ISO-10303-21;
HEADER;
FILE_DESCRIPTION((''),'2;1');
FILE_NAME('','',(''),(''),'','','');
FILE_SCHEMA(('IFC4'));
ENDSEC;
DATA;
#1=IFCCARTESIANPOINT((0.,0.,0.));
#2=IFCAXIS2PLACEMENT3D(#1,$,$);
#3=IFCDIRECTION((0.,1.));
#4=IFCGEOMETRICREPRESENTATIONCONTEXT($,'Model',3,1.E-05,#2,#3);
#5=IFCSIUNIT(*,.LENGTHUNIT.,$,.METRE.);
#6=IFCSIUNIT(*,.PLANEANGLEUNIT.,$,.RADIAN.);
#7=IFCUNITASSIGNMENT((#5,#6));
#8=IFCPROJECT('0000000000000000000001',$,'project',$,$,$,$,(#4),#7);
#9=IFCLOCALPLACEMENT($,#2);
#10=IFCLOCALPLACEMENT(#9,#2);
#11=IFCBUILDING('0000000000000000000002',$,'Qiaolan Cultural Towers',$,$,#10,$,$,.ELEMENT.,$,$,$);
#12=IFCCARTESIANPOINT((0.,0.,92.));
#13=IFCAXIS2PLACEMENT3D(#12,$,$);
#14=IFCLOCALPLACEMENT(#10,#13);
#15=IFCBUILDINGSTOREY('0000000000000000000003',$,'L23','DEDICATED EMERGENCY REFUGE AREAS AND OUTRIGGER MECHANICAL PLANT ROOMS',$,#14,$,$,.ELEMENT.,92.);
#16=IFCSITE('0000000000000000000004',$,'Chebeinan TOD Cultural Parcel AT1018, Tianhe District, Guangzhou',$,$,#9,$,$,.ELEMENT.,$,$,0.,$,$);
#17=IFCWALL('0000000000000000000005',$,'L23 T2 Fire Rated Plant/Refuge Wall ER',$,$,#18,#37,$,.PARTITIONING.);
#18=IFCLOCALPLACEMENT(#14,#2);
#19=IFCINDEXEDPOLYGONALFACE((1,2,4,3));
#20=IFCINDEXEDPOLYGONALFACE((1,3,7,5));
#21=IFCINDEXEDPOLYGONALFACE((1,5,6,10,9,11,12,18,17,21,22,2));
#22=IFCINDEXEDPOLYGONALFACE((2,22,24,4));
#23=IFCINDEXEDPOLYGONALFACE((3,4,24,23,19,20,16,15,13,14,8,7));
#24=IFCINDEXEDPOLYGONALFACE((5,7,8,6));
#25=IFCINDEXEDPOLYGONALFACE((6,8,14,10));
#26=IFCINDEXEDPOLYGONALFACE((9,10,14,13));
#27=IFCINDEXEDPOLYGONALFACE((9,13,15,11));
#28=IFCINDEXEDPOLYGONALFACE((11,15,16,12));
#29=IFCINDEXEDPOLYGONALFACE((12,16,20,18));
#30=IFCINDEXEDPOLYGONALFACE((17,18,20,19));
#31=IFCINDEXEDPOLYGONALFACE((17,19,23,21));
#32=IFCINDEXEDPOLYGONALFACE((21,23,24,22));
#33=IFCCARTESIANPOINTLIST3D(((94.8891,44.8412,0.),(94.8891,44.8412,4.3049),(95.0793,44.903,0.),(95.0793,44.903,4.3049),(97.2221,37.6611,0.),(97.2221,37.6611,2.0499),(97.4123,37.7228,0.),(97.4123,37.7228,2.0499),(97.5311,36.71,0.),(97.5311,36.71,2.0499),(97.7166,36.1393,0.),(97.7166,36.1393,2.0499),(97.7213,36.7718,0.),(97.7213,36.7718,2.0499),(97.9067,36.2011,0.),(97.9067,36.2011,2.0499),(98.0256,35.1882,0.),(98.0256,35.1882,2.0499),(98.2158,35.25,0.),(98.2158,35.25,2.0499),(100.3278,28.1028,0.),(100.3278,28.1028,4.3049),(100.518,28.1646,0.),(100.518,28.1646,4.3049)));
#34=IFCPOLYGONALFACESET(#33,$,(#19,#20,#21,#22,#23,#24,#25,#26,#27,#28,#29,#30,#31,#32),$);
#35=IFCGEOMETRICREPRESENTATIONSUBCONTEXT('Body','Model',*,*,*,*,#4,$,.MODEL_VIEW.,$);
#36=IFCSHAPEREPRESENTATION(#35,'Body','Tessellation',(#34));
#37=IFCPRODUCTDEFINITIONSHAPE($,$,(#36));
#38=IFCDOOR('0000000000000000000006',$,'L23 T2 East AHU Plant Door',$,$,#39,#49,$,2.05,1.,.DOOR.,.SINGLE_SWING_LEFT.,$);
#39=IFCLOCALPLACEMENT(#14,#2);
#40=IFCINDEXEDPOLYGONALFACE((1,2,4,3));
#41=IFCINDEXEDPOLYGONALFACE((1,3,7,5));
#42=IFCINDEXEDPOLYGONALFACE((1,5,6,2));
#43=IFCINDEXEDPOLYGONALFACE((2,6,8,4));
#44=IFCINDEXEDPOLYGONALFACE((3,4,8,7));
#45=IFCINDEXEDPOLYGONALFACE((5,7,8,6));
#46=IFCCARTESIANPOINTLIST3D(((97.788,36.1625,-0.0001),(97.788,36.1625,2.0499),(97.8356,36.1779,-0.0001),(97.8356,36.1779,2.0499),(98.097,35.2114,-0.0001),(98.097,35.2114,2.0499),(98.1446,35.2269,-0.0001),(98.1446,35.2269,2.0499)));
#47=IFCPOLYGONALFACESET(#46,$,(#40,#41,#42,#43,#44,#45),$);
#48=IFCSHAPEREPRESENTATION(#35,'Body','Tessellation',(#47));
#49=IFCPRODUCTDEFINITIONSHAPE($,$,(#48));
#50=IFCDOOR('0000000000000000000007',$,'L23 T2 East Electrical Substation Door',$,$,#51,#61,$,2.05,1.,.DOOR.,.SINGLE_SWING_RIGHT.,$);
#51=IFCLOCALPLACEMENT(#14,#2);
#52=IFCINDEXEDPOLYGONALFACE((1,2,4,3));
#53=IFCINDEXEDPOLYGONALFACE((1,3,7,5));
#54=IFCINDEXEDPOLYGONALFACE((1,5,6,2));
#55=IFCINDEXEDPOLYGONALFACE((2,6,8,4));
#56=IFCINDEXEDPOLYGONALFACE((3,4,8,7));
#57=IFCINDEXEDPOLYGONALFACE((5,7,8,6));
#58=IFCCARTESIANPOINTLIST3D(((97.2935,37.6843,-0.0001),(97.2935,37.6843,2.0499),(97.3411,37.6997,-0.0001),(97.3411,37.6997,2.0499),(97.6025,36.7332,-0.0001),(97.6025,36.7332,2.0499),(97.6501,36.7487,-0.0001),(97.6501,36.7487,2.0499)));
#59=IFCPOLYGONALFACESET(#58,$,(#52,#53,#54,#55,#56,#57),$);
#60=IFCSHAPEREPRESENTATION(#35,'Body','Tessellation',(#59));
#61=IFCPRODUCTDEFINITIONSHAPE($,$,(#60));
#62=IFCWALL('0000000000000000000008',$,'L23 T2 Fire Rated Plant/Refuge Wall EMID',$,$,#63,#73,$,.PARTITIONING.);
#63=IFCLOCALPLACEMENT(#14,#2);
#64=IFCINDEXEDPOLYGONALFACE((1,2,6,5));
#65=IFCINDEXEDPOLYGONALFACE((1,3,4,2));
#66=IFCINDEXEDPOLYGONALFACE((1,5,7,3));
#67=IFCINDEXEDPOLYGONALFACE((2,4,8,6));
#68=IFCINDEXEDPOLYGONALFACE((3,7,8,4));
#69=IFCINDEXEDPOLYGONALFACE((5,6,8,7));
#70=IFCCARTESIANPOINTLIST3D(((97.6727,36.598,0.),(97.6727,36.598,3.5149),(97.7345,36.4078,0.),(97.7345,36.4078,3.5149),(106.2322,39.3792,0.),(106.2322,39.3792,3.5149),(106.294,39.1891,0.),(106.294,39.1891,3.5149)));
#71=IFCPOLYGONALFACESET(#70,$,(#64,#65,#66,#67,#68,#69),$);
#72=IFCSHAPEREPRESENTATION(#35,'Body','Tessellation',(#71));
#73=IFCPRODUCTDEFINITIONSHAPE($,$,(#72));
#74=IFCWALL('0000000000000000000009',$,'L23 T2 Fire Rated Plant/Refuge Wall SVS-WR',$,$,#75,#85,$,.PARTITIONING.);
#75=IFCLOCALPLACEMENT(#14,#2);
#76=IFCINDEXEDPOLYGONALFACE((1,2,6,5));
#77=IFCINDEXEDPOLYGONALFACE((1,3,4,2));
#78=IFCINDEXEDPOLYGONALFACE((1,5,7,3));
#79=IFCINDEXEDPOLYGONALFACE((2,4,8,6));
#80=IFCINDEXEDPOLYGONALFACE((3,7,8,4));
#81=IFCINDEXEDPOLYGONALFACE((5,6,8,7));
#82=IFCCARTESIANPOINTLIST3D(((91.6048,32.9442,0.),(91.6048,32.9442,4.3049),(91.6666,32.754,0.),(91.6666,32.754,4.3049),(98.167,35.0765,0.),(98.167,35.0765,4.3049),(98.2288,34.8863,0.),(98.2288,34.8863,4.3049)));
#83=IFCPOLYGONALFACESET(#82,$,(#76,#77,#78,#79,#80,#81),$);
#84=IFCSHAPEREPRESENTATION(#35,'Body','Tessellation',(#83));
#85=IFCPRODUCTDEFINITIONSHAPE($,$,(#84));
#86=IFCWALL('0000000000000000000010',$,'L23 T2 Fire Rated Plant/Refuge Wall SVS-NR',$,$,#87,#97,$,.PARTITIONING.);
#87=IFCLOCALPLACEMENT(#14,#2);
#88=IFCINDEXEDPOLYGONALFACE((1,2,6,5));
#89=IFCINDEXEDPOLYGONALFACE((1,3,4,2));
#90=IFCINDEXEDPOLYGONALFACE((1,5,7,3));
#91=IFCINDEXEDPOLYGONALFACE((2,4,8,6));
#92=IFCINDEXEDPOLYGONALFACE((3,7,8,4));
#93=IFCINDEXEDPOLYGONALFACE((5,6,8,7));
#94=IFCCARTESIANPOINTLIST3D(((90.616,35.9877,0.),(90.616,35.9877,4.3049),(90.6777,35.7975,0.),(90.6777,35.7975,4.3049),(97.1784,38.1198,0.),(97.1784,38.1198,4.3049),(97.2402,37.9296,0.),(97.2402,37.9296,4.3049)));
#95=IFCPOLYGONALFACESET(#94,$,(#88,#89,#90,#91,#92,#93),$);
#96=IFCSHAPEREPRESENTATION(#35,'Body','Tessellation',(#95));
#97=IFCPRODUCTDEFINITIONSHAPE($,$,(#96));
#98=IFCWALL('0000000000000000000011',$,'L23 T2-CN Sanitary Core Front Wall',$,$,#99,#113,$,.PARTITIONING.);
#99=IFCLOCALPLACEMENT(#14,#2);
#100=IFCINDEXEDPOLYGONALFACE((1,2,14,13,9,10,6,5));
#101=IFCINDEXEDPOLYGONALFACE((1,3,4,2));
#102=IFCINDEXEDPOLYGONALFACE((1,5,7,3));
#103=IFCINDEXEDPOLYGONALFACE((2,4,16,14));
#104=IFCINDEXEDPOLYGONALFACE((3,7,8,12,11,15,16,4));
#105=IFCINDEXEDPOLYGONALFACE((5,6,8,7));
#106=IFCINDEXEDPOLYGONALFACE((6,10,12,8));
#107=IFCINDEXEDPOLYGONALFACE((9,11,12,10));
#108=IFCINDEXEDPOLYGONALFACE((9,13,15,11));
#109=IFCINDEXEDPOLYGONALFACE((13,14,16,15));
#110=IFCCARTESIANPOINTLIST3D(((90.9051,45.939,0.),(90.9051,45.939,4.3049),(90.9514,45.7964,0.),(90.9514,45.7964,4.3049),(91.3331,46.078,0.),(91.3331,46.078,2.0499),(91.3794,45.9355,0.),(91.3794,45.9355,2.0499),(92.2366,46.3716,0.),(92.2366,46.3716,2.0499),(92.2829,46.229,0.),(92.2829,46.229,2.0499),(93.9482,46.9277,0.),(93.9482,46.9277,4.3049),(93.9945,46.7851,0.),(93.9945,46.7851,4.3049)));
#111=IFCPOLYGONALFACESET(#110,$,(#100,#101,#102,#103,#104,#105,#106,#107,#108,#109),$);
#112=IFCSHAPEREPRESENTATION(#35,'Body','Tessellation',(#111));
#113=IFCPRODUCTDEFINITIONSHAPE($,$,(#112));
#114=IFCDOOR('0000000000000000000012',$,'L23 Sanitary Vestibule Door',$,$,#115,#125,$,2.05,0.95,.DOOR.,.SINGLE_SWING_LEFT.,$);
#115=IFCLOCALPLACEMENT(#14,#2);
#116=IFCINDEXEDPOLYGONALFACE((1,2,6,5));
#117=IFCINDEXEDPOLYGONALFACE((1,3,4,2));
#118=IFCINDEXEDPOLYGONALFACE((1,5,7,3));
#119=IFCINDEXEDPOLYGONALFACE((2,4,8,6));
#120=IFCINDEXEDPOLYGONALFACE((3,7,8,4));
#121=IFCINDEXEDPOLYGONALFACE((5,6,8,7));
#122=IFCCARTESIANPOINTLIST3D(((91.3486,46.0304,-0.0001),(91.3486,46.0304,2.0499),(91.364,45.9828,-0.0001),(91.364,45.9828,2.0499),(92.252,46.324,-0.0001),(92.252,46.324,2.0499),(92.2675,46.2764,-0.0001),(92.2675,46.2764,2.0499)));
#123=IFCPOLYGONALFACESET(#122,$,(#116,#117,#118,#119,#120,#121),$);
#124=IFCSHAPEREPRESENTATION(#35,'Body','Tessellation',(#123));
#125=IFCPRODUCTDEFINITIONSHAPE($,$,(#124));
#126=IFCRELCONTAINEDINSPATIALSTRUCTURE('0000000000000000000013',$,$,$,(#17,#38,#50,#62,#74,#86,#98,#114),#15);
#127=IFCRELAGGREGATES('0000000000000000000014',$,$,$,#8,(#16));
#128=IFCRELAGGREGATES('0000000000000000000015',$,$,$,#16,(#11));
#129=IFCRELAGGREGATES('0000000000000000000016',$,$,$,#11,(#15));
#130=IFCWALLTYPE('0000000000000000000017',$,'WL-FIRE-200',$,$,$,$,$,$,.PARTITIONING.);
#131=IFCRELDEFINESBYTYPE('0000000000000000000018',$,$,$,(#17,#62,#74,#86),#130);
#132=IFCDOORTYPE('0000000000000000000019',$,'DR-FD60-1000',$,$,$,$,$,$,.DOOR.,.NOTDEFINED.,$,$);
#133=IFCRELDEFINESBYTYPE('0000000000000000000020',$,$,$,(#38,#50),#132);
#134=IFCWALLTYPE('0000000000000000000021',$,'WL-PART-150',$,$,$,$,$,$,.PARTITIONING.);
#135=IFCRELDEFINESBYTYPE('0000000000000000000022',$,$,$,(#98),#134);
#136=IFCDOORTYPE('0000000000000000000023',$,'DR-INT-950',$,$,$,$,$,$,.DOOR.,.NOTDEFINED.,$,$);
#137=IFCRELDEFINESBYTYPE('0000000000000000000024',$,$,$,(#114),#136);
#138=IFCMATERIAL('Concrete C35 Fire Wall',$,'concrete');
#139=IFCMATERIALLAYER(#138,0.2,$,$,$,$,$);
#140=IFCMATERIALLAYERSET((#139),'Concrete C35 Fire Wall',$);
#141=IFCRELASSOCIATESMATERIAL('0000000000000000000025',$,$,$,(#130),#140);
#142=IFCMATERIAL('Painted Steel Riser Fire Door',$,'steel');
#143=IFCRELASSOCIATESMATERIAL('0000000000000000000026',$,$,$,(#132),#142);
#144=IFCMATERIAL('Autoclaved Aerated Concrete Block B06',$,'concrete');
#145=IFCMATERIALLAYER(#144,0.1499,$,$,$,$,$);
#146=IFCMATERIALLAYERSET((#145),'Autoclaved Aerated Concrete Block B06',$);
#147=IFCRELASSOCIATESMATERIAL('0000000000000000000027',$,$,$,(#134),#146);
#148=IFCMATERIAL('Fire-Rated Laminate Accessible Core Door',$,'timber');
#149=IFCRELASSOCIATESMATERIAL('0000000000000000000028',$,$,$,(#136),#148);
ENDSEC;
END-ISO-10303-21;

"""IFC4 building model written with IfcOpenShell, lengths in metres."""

from ifc_helpers import new_model, si_unit, direction, frame, frame_2d, origin, place, context, subcontext, project, spatial, rectangle, extrude, material, layer, layer_set, type_object, element, fill, save


model = new_model("IFC4")

# Units and contexts
model_context = context("Model", 3, precision=1e-05, world=origin(), true_north=direction((0.0, 1.0)))
body_context = subcontext(model_context, "Body", "Model", "MODEL_VIEW")
ifc_project = project(units=[si_unit("LENGTHUNIT", "METRE"), si_unit("PLANEANGLEUNIT", "RADIAN")], contexts=[model_context])

# Site, building, storey
site_placement = place(None, origin())
site = spatial("IfcSite", under=ifc_project, at=site_placement, Name="Chebeinan TOD Cultural Parcel AT1018, Tianhe District, Guangzhou", CompositionType="ELEMENT", RefElevation=0.0)
building_placement = place(site_placement, origin())
building = spatial("IfcBuilding", under=site, at=building_placement, Name="Qiaolan Cultural Towers", CompositionType="ELEMENT")
storey_placement = place(building_placement, frame((0.0, 0.0, 92.0)))
storey = spatial("IfcBuildingStorey", under=building, at=storey_placement, Name="L23", Description="DEDICATED EMERGENCY REFUGE AREAS AND OUTRIGGER MECHANICAL PLANT ROOMS", CompositionType="ELEMENT", Elevation=92.0)

# Shared definitions
ifc_material_1 = material(Name="Concrete C35 Fire Wall", Category="concrete")
ifc_layer_1 = layer(ifc_material_1, 0.2)
ifc_layer_set_1 = layer_set([ifc_layer_1], Name="Concrete C35 Fire Wall")
wall_type_1 = type_object("IfcWallType", Name="WL-FIRE-200", PredefinedType="PARTITIONING", material=ifc_layer_set_1)

# Wall, openings, doors
wall_1_placement = place(storey_placement, frame((100.4229, 28.1338, 0.0), z_axis=(0.0, 0.0, 1.0), x_axis=(-0.309019, 0.951056, 0.0)))
wall_1 = element("IfcWall", 1, at=wall_1_placement, inside=storey, type_object=wall_type_1, Name="L23 T2 Fire Rated Plant/Refuge Wall ER", PredefinedType="PARTITIONING", context=body_context, shape_type="SweptSolid", body=[
    extrude(rectangle(XDim=17.5999, YDim=0.2, at=frame_2d((8.7998, 0.0))), origin(), (0.0, 0.0, 1.0), 4.3049),
])
opening_1_placement = place(wall_1_placement, frame((7.45, 0.0, 0.0)))
opening_1 = element("IfcOpeningElement", 2, at=opening_1_placement, cuts=wall_1, PredefinedType="OPENING", context=body_context, shape_type="SweptSolid", body=[
    extrude(rectangle(XDim=1.0, YDim=2.05, at=frame_2d((0.5, 1.0249))), frame((0.0, 0.1099, 0.0), z_axis=(0.0, -1.0, 0.0), x_axis=(1.0, 0.0, 0.0)), (0.0, 0.0, 1.0), 0.22),
])
opening_2_placement = place(wall_1_placement, frame((9.05, 0.0, 0.0)))
opening_2 = element("IfcOpeningElement", 3, at=opening_2_placement, cuts=wall_1, PredefinedType="OPENING", context=body_context, shape_type="SweptSolid", body=[
    extrude(rectangle(XDim=1.0, YDim=2.05, at=frame_2d((0.5, 1.0249))), frame((0.0, 0.1099, 0.0), z_axis=(0.0, -1.0, 0.0), x_axis=(1.0, 0.0, 0.0)), (0.0, 0.0, 1.0), 0.22),
])
ifc_material_2 = material(Name="Painted Steel Riser Fire Door", Category="steel")
door_type_1 = type_object("IfcDoorType", Name="DR-FD60-1000", OperationType="NOTDEFINED", PredefinedType="DOOR", material=ifc_material_2)
door_1_placement = place(opening_1_placement, origin())
door_1 = element("IfcDoor", 4, at=door_1_placement, inside=storey, type_object=door_type_1, Name="L23 T2 East AHU Plant Door", OperationType="SINGLE_SWING_LEFT", OverallHeight=2.05, OverallWidth=1.0, PredefinedType="DOOR", context=body_context, shape_type="SweptSolid", body=[
    extrude(rectangle(XDim=1.0, YDim=2.05, at=frame_2d((0.5, 1.0249))), frame((0.0, 0.0249, 0.0), z_axis=(0.0, -1.0, 0.0), x_axis=(1.0, 0.0, 0.0)), (0.0, 0.0, 1.0), 0.05),
])
fill(opening_1, door_1)
door_2_placement = place(opening_2_placement, origin())
door_2 = element("IfcDoor", 5, at=door_2_placement, inside=storey, type_object=door_type_1, Name="L23 T2 East Electrical Substation Door", OperationType="SINGLE_SWING_RIGHT", OverallHeight=2.05, OverallWidth=1.0, PredefinedType="DOOR", context=body_context, shape_type="SweptSolid", body=[
    extrude(rectangle(XDim=1.0, YDim=2.05, at=frame_2d((0.5, 1.0249))), frame((0.0, 0.0249, 0.0), z_axis=(0.0, -1.0, 0.0), x_axis=(1.0, 0.0, 0.0)), (0.0, 0.0, 1.0), 0.05),
])
fill(opening_2, door_2)

# Walls
wall_2_placement = place(storey_placement, frame((97.7036, 36.5029, 0.0), z_axis=(0.0, 0.0, 1.0), x_axis=(0.951054, 0.309025, 0.0)))
element("IfcWall", 6, at=wall_2_placement, inside=storey, type_object=wall_type_1, Name="L23 T2 Fire Rated Plant/Refuge Wall EMID", PredefinedType="PARTITIONING", context=body_context, shape_type="SweptSolid", body=[
    extrude(rectangle(XDim=9.0, YDim=0.2, at=frame_2d((4.5, 0.0))), origin(), (0.0, 0.0, 1.0), 3.5149),
])
wall_3_placement = place(storey_placement, frame((91.6357, 32.8491, 0.0), z_axis=(0.0, 0.0, 1.0), x_axis=(0.951051, 0.309032, 0.0)))
element("IfcWall", 7, at=wall_3_placement, inside=storey, type_object=wall_type_1, Name="L23 T2 Fire Rated Plant/Refuge Wall SVS-WR", PredefinedType="PARTITIONING", context=body_context, shape_type="SweptSolid", body=[
    extrude(rectangle(XDim=6.8999, YDim=0.2, at=frame_2d((3.45, 0.0))), origin(), (0.0, 0.0, 1.0), 4.3049),
])
wall_4_placement = place(storey_placement, frame((90.6467, 35.8926, 0.0), z_axis=(0.0, 0.0, 1.0), x_axis=(0.951065, 0.30899, 0.0)))
element("IfcWall", 8, at=wall_4_placement, inside=storey, type_object=wall_type_1, Name="L23 T2 Fire Rated Plant/Refuge Wall SVS-NR", PredefinedType="PARTITIONING", context=body_context, shape_type="SweptSolid", body=[
    extrude(rectangle(XDim=6.9001, YDim=0.2, at=frame_2d((3.4502, 0.0))), origin(), (0.0, 0.0, 1.0), 4.3049),
])

# Wall, opening, door
ifc_material_3 = material(Name="Autoclaved Aerated Concrete Block B06", Category="concrete")
ifc_layer_2 = layer(ifc_material_3, 0.1499)
ifc_layer_set_2 = layer_set([ifc_layer_2], Name="Autoclaved Aerated Concrete Block B06")
wall_type_2 = type_object("IfcWallType", Name="WL-PART-150", PredefinedType="PARTITIONING", material=ifc_layer_set_2)
wall_5_placement = place(storey_placement, frame((90.9282, 45.8677, 0.0), z_axis=(0.0, 0.0, 1.0), x_axis=(0.951059, 0.309008, 0.0)))
wall_5 = element("IfcWall", 9, at=wall_5_placement, inside=storey, type_object=wall_type_2, Name="L23 T2-CN Sanitary Core Front Wall", PredefinedType="PARTITIONING", context=body_context, shape_type="SweptSolid", body=[
    extrude(rectangle(XDim=3.1997, YDim=0.1499, at=frame_2d((1.5999, 0.0))), origin(), (0.0, 0.0, 1.0), 4.3049),
])
opening_3_placement = place(wall_5_placement, frame((0.45, 0.0, 0.0)))
opening_3 = element("IfcOpeningElement", 10, at=opening_3_placement, cuts=wall_5, PredefinedType="OPENING", context=body_context, shape_type="SweptSolid", body=[
    extrude(rectangle(XDim=0.95, YDim=2.05, at=frame_2d((0.4751, 1.0249))), frame((0.0, 0.085, 0.0), z_axis=(0.0, -1.0, 0.0), x_axis=(1.0, 0.0, 0.0)), (0.0, 0.0, 1.0), 0.1699),
])
ifc_material_4 = material(Name="Fire-Rated Laminate Accessible Core Door", Category="timber")
door_type_2 = type_object("IfcDoorType", Name="DR-INT-950", OperationType="NOTDEFINED", PredefinedType="DOOR", material=ifc_material_4)
door_3_placement = place(opening_3_placement, origin())
door_3 = element("IfcDoor", 11, at=door_3_placement, inside=storey, type_object=door_type_2, Name="L23 Sanitary Vestibule Door", OperationType="SINGLE_SWING_LEFT", OverallHeight=2.05, OverallWidth=0.95, PredefinedType="DOOR", context=body_context, shape_type="SweptSolid", body=[
    extrude(rectangle(XDim=0.95, YDim=2.05, at=frame_2d((0.4751, 1.0249))), frame((0.0, 0.0249, 0.0), z_axis=(0.0, -1.0, 0.0), x_axis=(1.0, 0.0, 0.0)), (0.0, 0.0, 1.0), 0.05),
])
fill(opening_3, door_3)

save(model, "model.ifc")
